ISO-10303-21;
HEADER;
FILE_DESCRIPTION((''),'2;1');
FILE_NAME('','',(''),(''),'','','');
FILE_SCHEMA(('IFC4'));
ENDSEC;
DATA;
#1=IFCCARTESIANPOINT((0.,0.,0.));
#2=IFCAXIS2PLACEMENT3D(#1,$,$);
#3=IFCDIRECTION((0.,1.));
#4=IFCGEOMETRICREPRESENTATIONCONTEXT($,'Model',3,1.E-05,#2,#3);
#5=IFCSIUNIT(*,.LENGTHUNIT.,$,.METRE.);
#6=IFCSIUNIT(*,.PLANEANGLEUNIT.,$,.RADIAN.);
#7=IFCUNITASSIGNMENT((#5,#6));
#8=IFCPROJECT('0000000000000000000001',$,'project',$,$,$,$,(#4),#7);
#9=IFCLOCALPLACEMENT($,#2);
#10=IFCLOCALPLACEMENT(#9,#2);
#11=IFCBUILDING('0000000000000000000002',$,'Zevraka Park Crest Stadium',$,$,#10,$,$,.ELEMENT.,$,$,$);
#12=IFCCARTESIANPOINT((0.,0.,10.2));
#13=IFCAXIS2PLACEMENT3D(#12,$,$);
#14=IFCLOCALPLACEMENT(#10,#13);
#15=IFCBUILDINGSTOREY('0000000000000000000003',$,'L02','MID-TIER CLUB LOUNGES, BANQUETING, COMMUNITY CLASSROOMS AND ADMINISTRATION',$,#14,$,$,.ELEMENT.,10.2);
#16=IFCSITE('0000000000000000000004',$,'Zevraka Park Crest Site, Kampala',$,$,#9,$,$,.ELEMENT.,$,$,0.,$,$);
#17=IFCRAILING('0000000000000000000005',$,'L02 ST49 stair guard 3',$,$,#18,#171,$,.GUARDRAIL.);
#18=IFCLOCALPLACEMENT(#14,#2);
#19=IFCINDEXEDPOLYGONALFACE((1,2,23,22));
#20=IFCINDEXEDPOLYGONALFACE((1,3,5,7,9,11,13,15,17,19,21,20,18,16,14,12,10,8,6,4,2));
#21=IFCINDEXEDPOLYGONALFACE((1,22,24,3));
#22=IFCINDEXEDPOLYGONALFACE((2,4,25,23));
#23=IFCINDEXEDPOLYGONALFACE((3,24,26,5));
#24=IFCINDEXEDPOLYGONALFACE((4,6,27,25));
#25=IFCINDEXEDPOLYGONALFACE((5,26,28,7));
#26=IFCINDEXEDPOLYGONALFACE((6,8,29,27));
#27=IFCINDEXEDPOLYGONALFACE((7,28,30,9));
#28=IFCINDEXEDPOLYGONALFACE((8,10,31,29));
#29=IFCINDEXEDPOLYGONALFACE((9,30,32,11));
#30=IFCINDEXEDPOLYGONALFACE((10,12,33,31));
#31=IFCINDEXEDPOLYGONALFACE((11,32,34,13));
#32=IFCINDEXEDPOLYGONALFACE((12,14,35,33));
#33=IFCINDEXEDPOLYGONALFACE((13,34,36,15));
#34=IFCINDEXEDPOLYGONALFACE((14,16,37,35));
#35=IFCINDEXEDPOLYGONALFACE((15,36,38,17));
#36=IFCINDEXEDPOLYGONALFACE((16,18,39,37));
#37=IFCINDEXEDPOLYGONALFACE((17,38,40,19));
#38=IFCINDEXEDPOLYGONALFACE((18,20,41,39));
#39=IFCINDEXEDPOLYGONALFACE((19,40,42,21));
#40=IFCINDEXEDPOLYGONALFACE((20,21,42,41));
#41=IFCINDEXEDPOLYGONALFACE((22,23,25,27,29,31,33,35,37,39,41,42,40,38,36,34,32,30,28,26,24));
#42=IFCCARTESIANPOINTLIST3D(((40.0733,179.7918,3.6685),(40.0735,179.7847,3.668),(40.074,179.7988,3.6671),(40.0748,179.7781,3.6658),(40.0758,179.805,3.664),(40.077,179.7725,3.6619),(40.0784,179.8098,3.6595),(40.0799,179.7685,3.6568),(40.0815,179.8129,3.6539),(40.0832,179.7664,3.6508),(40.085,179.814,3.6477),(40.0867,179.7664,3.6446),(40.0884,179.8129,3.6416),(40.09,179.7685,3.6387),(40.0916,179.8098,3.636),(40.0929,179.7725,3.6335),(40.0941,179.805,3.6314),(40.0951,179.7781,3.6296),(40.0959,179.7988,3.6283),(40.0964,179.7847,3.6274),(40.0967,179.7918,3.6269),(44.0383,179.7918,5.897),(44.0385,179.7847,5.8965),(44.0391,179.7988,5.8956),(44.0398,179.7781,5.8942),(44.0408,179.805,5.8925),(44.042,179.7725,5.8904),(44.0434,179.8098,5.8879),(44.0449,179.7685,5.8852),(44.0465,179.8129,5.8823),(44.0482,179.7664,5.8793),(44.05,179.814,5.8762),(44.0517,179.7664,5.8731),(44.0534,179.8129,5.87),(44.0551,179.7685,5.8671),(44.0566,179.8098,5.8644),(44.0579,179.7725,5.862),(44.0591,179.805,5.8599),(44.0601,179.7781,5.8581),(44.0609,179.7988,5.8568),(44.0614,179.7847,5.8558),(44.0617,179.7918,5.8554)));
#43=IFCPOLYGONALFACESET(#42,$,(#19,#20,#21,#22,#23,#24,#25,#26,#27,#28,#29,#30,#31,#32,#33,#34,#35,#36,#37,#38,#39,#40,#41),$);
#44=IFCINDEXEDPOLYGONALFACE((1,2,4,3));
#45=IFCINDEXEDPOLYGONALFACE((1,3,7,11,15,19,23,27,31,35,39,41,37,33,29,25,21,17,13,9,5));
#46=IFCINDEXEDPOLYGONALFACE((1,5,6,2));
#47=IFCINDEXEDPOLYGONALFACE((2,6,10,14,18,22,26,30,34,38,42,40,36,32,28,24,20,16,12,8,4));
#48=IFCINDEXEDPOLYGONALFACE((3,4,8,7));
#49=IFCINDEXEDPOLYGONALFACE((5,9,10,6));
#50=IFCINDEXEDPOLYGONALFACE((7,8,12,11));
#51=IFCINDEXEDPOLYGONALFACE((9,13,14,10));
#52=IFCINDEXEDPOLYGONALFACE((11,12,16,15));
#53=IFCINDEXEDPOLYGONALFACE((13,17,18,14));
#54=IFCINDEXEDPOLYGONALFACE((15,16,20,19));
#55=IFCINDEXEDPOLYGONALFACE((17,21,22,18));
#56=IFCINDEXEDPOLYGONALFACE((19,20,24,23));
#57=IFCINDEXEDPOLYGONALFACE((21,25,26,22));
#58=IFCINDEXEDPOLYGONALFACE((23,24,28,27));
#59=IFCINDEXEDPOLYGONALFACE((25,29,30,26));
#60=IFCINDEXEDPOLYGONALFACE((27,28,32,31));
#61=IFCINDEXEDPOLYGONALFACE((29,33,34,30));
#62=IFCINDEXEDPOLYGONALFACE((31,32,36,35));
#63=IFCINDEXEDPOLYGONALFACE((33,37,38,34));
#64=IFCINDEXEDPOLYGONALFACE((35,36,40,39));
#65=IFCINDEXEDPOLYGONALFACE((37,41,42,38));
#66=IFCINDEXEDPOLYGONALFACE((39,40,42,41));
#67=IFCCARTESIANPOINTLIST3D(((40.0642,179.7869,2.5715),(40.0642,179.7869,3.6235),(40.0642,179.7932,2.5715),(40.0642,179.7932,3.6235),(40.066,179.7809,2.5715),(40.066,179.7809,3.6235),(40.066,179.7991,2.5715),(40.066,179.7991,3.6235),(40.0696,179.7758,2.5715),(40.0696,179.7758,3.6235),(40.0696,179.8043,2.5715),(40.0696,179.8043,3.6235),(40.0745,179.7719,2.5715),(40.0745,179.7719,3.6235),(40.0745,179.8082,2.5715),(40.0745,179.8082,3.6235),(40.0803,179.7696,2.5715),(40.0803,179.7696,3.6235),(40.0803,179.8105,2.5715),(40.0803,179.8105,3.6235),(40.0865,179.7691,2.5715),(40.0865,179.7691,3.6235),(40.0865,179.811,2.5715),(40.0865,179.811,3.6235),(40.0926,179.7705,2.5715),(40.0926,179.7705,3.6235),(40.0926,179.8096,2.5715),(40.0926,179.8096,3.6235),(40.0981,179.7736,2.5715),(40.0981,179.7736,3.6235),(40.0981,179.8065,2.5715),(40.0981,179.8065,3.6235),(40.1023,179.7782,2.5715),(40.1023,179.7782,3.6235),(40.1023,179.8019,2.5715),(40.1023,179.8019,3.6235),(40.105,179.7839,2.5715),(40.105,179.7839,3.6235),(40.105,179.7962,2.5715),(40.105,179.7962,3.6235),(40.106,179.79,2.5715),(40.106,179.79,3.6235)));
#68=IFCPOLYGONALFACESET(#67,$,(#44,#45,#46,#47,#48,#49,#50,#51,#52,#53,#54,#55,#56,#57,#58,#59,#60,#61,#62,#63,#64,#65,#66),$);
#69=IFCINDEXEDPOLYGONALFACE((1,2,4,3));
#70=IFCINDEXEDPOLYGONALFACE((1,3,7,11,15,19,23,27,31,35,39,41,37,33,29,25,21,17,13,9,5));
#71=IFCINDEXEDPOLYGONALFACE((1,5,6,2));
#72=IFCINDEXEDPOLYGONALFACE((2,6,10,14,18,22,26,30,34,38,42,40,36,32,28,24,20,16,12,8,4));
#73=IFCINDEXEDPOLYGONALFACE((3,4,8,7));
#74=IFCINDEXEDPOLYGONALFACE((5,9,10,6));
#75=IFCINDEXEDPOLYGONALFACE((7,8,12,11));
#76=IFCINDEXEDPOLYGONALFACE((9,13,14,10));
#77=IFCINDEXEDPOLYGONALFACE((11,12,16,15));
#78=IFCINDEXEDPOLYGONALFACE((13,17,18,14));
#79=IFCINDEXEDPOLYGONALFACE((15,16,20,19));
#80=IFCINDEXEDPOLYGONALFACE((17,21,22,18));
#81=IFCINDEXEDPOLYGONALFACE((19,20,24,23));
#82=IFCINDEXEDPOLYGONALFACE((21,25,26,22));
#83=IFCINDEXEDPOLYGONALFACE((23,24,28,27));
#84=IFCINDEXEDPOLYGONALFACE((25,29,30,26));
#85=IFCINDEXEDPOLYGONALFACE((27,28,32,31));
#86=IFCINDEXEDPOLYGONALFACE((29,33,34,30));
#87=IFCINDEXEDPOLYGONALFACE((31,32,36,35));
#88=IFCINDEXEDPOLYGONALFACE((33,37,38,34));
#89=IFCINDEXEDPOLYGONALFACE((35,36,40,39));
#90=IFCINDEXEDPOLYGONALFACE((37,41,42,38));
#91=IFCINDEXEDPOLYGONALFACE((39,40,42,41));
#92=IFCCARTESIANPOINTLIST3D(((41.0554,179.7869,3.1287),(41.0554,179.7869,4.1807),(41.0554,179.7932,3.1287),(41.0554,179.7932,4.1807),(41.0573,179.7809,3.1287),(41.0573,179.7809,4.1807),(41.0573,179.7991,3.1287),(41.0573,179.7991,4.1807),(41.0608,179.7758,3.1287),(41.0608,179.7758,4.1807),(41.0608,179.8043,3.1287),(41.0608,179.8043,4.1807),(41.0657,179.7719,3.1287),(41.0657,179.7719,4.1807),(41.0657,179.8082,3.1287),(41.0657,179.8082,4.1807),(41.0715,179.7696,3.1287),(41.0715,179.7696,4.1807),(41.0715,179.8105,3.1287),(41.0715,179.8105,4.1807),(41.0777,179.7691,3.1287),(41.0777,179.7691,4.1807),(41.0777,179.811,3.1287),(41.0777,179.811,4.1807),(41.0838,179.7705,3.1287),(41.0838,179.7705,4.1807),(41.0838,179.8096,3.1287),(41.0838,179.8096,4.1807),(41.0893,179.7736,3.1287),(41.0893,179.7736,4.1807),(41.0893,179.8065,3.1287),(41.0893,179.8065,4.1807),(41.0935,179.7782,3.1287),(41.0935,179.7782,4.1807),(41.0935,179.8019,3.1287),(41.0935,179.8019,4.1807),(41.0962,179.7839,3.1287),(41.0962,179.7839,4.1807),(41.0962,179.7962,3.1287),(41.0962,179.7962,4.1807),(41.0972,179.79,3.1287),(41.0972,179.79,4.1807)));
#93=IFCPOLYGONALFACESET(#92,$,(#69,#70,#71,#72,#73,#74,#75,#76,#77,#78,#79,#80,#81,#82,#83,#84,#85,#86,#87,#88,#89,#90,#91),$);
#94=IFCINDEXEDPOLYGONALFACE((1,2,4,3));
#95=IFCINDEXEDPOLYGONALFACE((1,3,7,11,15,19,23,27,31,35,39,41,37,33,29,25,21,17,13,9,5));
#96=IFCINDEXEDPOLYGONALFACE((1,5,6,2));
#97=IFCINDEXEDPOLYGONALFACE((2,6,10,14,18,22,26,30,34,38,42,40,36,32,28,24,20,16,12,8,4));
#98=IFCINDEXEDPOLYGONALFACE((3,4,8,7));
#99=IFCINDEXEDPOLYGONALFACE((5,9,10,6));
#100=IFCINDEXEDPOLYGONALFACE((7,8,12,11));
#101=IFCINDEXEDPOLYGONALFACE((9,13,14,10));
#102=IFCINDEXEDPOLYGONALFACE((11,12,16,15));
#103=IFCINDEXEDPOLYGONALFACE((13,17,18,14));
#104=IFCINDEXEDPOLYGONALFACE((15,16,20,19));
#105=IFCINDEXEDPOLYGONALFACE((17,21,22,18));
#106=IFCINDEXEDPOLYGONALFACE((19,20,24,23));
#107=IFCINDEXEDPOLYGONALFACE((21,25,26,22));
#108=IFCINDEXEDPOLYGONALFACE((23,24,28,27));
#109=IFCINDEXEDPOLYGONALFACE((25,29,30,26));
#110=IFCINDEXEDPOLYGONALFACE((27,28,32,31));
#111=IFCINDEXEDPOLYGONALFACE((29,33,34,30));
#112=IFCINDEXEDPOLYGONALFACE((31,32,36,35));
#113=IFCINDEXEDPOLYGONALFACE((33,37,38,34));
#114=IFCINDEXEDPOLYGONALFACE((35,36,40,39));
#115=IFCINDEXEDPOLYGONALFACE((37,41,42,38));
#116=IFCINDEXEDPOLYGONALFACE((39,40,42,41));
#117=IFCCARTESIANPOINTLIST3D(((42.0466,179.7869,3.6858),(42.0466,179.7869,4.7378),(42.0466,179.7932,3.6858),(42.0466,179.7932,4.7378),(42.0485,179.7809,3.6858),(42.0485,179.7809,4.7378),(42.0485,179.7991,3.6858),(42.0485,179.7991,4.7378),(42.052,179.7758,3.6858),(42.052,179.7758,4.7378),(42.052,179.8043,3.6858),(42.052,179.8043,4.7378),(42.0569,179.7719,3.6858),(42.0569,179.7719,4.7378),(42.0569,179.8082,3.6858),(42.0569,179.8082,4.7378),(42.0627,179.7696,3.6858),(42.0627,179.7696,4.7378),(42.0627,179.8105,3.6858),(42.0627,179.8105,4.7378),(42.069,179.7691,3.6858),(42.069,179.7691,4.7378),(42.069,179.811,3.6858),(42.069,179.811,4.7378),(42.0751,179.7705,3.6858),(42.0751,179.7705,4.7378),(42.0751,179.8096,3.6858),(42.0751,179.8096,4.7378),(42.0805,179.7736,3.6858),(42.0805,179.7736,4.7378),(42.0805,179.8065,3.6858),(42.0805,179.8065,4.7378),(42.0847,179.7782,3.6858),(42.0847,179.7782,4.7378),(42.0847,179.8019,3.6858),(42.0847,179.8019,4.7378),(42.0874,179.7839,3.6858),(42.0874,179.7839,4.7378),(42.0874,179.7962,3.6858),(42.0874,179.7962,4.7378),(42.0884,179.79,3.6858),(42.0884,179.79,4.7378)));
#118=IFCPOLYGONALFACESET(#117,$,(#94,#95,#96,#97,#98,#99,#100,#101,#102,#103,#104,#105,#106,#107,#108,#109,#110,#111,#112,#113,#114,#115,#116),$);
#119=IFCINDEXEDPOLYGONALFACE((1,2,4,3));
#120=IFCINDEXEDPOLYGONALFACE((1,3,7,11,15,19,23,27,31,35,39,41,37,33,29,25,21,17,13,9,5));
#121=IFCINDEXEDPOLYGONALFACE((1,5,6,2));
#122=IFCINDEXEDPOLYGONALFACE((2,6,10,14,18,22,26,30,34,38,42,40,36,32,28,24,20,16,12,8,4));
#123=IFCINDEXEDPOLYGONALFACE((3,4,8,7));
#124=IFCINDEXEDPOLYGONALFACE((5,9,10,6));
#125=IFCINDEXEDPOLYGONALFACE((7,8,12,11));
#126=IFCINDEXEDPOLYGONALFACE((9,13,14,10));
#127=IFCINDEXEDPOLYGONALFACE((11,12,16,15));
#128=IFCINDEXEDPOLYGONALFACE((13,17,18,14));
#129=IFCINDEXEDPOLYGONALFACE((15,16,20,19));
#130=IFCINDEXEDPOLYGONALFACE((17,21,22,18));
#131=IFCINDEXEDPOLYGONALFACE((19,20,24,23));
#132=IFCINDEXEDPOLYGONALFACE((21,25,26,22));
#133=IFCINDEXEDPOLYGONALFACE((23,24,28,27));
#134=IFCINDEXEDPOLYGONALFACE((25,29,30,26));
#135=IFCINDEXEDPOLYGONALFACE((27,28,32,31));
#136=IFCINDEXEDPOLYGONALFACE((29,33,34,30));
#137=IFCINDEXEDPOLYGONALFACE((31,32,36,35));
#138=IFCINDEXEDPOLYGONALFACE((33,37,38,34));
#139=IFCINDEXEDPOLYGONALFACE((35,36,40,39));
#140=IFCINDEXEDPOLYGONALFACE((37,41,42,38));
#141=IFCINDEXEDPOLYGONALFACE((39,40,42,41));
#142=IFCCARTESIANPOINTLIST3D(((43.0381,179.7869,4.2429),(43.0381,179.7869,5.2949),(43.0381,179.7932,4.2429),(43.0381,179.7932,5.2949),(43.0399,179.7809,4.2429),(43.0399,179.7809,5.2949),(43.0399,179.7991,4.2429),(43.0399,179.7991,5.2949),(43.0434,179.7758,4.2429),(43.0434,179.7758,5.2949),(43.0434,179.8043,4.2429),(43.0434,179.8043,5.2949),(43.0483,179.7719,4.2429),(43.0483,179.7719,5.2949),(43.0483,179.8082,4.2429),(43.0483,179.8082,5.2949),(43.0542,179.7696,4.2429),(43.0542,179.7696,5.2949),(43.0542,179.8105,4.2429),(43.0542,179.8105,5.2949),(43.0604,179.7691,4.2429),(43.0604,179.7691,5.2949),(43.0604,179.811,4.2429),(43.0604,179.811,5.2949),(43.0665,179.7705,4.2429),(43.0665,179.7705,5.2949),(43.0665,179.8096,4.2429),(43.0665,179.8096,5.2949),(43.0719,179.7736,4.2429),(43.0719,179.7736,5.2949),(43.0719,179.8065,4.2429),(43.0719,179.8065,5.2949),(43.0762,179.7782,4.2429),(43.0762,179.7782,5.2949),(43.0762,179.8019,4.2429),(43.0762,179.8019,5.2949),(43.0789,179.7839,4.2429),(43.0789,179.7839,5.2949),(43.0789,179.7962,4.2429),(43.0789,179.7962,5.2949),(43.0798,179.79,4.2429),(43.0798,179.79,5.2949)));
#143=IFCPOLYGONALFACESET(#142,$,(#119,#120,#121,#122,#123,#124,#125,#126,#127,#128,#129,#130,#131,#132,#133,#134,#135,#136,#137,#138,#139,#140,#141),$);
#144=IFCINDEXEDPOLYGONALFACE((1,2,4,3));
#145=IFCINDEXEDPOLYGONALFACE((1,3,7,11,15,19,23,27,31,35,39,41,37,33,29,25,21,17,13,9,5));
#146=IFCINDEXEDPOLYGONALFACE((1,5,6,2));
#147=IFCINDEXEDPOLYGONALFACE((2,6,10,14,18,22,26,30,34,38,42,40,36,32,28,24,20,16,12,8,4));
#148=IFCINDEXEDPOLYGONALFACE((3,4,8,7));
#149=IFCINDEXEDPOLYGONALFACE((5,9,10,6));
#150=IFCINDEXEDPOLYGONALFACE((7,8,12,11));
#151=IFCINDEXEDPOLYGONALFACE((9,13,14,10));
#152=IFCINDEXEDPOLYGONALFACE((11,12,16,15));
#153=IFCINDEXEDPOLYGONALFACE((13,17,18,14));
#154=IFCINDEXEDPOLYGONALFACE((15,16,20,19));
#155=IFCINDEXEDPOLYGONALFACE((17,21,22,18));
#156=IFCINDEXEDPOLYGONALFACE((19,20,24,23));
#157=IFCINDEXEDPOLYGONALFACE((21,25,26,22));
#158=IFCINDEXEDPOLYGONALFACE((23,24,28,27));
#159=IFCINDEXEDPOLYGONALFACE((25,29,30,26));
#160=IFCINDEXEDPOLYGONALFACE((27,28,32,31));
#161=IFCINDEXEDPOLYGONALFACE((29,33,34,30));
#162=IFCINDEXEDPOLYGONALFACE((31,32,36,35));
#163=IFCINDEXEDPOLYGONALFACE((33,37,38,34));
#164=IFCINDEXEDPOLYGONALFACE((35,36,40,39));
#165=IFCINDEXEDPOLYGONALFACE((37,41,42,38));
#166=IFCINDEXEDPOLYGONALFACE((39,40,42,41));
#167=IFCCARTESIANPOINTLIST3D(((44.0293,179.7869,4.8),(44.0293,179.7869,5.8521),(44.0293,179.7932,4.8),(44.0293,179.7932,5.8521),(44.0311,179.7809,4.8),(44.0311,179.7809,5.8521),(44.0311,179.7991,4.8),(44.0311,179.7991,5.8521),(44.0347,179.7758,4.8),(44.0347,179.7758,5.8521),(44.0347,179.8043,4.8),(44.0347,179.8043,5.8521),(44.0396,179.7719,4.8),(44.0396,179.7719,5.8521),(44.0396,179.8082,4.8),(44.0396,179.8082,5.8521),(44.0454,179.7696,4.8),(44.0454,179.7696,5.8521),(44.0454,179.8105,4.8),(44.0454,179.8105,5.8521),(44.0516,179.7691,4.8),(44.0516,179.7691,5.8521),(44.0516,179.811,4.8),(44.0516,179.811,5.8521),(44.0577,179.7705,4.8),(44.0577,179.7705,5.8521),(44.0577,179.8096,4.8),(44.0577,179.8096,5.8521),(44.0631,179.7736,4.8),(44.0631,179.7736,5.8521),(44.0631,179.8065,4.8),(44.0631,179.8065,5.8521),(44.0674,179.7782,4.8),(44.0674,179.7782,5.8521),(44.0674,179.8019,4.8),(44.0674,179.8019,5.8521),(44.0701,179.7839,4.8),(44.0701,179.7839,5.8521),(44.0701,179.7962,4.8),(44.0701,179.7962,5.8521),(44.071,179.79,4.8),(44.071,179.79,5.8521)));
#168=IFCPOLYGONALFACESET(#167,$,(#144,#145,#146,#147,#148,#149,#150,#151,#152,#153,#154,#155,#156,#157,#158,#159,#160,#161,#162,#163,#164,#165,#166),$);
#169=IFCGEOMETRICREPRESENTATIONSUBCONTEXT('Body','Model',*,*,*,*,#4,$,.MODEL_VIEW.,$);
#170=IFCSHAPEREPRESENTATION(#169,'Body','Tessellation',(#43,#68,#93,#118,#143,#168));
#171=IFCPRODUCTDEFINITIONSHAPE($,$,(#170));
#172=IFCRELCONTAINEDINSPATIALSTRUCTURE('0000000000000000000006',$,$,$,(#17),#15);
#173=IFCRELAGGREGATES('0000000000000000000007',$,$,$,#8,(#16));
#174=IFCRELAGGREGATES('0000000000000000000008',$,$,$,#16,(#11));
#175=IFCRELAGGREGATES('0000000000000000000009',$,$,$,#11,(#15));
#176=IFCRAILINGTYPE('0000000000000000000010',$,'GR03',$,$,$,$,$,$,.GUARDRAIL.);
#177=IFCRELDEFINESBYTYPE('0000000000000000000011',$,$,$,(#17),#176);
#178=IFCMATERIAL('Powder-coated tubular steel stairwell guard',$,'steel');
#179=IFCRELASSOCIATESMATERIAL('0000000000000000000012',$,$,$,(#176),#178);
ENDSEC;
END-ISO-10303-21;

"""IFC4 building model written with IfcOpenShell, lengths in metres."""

from ifc_helpers import new_model, si_unit, direction, frame, origin, origin_2d, place, context, subcontext, project, spatial, circle, extrude, material, type_object, element, save


model = new_model("IFC4")

# Units and contexts
model_context = context("Model", 3, precision=1e-05, world=origin(), true_north=direction((0.0, 1.0)))
body_context = subcontext(model_context, "Body", "Model", "MODEL_VIEW")
ifc_project = project(units=[si_unit("LENGTHUNIT", "METRE"), si_unit("PLANEANGLEUNIT", "RADIAN")], contexts=[model_context])

# Site, building, storey
site_placement = place(None, origin())
site = spatial("IfcSite", under=ifc_project, at=site_placement, Name="Zevraka Park Crest Site, Kampala", CompositionType="ELEMENT", RefElevation=0.0)
building_placement = place(site_placement, origin())
building = spatial("IfcBuilding", under=site, at=building_placement, Name="Zevraka Park Crest Stadium", CompositionType="ELEMENT")
storey_placement = place(building_placement, frame((0.0, 0.0, 10.2)))
storey = spatial("IfcBuildingStorey", under=building, at=storey_placement, Name="L02", Description="MID-TIER CLUB LOUNGES, BANQUETING, COMMUNITY CLASSROOMS AND ADMINISTRATION", CompositionType="ELEMENT", Elevation=10.2)

# Railing
ifc_material_1 = material(Name="Powder-coated tubular steel stairwell guard", Category="steel")
railing_type_1 = type_object("IfcRailingType", Name="GR03", PredefinedType="GUARDRAIL", material=ifc_material_1)
railing_1_placement = place(storey_placement, frame((40.085, 179.79, 2.5715)))
element("IfcRailing", 1, at=railing_1_placement, inside=storey, type_object=railing_type_1, Name="L02 ST49 stair guard 3", PredefinedType="GUARDRAIL", context=body_context, shape_type="SweptSolid", body=[
    extrude(circle(Radius=0.0239, at=origin_2d()), frame((0.0, 0.0, 1.0762), z_axis=(0.871749, 0.0, 0.489953), x_axis=(0.0, 1.0, 0.0)), (0.0, 0.0, 1.0), 4.5483),
    extrude(circle(Radius=0.021, at=origin_2d()), origin(), (0.0, 0.0, 1.0), 1.052),
    extrude(circle(Radius=0.021, at=origin_2d()), frame((0.9912, 0.0, 0.5571)), (0.0, 0.0, 1.0), 1.052),
    extrude(circle(Radius=0.021, at=origin_2d()), frame((1.9824, 0.0, 1.1143)), (0.0, 0.0, 1.0), 1.052),
    extrude(circle(Radius=0.021, at=origin_2d()), frame((2.9739, 0.0, 1.6714)), (0.0, 0.0, 1.0), 1.052),
    extrude(circle(Radius=0.021, at=origin_2d()), frame((3.9651, 0.0, 2.2285)), (0.0, 0.0, 1.0), 1.052),
])

save(model, "model.ifc")
